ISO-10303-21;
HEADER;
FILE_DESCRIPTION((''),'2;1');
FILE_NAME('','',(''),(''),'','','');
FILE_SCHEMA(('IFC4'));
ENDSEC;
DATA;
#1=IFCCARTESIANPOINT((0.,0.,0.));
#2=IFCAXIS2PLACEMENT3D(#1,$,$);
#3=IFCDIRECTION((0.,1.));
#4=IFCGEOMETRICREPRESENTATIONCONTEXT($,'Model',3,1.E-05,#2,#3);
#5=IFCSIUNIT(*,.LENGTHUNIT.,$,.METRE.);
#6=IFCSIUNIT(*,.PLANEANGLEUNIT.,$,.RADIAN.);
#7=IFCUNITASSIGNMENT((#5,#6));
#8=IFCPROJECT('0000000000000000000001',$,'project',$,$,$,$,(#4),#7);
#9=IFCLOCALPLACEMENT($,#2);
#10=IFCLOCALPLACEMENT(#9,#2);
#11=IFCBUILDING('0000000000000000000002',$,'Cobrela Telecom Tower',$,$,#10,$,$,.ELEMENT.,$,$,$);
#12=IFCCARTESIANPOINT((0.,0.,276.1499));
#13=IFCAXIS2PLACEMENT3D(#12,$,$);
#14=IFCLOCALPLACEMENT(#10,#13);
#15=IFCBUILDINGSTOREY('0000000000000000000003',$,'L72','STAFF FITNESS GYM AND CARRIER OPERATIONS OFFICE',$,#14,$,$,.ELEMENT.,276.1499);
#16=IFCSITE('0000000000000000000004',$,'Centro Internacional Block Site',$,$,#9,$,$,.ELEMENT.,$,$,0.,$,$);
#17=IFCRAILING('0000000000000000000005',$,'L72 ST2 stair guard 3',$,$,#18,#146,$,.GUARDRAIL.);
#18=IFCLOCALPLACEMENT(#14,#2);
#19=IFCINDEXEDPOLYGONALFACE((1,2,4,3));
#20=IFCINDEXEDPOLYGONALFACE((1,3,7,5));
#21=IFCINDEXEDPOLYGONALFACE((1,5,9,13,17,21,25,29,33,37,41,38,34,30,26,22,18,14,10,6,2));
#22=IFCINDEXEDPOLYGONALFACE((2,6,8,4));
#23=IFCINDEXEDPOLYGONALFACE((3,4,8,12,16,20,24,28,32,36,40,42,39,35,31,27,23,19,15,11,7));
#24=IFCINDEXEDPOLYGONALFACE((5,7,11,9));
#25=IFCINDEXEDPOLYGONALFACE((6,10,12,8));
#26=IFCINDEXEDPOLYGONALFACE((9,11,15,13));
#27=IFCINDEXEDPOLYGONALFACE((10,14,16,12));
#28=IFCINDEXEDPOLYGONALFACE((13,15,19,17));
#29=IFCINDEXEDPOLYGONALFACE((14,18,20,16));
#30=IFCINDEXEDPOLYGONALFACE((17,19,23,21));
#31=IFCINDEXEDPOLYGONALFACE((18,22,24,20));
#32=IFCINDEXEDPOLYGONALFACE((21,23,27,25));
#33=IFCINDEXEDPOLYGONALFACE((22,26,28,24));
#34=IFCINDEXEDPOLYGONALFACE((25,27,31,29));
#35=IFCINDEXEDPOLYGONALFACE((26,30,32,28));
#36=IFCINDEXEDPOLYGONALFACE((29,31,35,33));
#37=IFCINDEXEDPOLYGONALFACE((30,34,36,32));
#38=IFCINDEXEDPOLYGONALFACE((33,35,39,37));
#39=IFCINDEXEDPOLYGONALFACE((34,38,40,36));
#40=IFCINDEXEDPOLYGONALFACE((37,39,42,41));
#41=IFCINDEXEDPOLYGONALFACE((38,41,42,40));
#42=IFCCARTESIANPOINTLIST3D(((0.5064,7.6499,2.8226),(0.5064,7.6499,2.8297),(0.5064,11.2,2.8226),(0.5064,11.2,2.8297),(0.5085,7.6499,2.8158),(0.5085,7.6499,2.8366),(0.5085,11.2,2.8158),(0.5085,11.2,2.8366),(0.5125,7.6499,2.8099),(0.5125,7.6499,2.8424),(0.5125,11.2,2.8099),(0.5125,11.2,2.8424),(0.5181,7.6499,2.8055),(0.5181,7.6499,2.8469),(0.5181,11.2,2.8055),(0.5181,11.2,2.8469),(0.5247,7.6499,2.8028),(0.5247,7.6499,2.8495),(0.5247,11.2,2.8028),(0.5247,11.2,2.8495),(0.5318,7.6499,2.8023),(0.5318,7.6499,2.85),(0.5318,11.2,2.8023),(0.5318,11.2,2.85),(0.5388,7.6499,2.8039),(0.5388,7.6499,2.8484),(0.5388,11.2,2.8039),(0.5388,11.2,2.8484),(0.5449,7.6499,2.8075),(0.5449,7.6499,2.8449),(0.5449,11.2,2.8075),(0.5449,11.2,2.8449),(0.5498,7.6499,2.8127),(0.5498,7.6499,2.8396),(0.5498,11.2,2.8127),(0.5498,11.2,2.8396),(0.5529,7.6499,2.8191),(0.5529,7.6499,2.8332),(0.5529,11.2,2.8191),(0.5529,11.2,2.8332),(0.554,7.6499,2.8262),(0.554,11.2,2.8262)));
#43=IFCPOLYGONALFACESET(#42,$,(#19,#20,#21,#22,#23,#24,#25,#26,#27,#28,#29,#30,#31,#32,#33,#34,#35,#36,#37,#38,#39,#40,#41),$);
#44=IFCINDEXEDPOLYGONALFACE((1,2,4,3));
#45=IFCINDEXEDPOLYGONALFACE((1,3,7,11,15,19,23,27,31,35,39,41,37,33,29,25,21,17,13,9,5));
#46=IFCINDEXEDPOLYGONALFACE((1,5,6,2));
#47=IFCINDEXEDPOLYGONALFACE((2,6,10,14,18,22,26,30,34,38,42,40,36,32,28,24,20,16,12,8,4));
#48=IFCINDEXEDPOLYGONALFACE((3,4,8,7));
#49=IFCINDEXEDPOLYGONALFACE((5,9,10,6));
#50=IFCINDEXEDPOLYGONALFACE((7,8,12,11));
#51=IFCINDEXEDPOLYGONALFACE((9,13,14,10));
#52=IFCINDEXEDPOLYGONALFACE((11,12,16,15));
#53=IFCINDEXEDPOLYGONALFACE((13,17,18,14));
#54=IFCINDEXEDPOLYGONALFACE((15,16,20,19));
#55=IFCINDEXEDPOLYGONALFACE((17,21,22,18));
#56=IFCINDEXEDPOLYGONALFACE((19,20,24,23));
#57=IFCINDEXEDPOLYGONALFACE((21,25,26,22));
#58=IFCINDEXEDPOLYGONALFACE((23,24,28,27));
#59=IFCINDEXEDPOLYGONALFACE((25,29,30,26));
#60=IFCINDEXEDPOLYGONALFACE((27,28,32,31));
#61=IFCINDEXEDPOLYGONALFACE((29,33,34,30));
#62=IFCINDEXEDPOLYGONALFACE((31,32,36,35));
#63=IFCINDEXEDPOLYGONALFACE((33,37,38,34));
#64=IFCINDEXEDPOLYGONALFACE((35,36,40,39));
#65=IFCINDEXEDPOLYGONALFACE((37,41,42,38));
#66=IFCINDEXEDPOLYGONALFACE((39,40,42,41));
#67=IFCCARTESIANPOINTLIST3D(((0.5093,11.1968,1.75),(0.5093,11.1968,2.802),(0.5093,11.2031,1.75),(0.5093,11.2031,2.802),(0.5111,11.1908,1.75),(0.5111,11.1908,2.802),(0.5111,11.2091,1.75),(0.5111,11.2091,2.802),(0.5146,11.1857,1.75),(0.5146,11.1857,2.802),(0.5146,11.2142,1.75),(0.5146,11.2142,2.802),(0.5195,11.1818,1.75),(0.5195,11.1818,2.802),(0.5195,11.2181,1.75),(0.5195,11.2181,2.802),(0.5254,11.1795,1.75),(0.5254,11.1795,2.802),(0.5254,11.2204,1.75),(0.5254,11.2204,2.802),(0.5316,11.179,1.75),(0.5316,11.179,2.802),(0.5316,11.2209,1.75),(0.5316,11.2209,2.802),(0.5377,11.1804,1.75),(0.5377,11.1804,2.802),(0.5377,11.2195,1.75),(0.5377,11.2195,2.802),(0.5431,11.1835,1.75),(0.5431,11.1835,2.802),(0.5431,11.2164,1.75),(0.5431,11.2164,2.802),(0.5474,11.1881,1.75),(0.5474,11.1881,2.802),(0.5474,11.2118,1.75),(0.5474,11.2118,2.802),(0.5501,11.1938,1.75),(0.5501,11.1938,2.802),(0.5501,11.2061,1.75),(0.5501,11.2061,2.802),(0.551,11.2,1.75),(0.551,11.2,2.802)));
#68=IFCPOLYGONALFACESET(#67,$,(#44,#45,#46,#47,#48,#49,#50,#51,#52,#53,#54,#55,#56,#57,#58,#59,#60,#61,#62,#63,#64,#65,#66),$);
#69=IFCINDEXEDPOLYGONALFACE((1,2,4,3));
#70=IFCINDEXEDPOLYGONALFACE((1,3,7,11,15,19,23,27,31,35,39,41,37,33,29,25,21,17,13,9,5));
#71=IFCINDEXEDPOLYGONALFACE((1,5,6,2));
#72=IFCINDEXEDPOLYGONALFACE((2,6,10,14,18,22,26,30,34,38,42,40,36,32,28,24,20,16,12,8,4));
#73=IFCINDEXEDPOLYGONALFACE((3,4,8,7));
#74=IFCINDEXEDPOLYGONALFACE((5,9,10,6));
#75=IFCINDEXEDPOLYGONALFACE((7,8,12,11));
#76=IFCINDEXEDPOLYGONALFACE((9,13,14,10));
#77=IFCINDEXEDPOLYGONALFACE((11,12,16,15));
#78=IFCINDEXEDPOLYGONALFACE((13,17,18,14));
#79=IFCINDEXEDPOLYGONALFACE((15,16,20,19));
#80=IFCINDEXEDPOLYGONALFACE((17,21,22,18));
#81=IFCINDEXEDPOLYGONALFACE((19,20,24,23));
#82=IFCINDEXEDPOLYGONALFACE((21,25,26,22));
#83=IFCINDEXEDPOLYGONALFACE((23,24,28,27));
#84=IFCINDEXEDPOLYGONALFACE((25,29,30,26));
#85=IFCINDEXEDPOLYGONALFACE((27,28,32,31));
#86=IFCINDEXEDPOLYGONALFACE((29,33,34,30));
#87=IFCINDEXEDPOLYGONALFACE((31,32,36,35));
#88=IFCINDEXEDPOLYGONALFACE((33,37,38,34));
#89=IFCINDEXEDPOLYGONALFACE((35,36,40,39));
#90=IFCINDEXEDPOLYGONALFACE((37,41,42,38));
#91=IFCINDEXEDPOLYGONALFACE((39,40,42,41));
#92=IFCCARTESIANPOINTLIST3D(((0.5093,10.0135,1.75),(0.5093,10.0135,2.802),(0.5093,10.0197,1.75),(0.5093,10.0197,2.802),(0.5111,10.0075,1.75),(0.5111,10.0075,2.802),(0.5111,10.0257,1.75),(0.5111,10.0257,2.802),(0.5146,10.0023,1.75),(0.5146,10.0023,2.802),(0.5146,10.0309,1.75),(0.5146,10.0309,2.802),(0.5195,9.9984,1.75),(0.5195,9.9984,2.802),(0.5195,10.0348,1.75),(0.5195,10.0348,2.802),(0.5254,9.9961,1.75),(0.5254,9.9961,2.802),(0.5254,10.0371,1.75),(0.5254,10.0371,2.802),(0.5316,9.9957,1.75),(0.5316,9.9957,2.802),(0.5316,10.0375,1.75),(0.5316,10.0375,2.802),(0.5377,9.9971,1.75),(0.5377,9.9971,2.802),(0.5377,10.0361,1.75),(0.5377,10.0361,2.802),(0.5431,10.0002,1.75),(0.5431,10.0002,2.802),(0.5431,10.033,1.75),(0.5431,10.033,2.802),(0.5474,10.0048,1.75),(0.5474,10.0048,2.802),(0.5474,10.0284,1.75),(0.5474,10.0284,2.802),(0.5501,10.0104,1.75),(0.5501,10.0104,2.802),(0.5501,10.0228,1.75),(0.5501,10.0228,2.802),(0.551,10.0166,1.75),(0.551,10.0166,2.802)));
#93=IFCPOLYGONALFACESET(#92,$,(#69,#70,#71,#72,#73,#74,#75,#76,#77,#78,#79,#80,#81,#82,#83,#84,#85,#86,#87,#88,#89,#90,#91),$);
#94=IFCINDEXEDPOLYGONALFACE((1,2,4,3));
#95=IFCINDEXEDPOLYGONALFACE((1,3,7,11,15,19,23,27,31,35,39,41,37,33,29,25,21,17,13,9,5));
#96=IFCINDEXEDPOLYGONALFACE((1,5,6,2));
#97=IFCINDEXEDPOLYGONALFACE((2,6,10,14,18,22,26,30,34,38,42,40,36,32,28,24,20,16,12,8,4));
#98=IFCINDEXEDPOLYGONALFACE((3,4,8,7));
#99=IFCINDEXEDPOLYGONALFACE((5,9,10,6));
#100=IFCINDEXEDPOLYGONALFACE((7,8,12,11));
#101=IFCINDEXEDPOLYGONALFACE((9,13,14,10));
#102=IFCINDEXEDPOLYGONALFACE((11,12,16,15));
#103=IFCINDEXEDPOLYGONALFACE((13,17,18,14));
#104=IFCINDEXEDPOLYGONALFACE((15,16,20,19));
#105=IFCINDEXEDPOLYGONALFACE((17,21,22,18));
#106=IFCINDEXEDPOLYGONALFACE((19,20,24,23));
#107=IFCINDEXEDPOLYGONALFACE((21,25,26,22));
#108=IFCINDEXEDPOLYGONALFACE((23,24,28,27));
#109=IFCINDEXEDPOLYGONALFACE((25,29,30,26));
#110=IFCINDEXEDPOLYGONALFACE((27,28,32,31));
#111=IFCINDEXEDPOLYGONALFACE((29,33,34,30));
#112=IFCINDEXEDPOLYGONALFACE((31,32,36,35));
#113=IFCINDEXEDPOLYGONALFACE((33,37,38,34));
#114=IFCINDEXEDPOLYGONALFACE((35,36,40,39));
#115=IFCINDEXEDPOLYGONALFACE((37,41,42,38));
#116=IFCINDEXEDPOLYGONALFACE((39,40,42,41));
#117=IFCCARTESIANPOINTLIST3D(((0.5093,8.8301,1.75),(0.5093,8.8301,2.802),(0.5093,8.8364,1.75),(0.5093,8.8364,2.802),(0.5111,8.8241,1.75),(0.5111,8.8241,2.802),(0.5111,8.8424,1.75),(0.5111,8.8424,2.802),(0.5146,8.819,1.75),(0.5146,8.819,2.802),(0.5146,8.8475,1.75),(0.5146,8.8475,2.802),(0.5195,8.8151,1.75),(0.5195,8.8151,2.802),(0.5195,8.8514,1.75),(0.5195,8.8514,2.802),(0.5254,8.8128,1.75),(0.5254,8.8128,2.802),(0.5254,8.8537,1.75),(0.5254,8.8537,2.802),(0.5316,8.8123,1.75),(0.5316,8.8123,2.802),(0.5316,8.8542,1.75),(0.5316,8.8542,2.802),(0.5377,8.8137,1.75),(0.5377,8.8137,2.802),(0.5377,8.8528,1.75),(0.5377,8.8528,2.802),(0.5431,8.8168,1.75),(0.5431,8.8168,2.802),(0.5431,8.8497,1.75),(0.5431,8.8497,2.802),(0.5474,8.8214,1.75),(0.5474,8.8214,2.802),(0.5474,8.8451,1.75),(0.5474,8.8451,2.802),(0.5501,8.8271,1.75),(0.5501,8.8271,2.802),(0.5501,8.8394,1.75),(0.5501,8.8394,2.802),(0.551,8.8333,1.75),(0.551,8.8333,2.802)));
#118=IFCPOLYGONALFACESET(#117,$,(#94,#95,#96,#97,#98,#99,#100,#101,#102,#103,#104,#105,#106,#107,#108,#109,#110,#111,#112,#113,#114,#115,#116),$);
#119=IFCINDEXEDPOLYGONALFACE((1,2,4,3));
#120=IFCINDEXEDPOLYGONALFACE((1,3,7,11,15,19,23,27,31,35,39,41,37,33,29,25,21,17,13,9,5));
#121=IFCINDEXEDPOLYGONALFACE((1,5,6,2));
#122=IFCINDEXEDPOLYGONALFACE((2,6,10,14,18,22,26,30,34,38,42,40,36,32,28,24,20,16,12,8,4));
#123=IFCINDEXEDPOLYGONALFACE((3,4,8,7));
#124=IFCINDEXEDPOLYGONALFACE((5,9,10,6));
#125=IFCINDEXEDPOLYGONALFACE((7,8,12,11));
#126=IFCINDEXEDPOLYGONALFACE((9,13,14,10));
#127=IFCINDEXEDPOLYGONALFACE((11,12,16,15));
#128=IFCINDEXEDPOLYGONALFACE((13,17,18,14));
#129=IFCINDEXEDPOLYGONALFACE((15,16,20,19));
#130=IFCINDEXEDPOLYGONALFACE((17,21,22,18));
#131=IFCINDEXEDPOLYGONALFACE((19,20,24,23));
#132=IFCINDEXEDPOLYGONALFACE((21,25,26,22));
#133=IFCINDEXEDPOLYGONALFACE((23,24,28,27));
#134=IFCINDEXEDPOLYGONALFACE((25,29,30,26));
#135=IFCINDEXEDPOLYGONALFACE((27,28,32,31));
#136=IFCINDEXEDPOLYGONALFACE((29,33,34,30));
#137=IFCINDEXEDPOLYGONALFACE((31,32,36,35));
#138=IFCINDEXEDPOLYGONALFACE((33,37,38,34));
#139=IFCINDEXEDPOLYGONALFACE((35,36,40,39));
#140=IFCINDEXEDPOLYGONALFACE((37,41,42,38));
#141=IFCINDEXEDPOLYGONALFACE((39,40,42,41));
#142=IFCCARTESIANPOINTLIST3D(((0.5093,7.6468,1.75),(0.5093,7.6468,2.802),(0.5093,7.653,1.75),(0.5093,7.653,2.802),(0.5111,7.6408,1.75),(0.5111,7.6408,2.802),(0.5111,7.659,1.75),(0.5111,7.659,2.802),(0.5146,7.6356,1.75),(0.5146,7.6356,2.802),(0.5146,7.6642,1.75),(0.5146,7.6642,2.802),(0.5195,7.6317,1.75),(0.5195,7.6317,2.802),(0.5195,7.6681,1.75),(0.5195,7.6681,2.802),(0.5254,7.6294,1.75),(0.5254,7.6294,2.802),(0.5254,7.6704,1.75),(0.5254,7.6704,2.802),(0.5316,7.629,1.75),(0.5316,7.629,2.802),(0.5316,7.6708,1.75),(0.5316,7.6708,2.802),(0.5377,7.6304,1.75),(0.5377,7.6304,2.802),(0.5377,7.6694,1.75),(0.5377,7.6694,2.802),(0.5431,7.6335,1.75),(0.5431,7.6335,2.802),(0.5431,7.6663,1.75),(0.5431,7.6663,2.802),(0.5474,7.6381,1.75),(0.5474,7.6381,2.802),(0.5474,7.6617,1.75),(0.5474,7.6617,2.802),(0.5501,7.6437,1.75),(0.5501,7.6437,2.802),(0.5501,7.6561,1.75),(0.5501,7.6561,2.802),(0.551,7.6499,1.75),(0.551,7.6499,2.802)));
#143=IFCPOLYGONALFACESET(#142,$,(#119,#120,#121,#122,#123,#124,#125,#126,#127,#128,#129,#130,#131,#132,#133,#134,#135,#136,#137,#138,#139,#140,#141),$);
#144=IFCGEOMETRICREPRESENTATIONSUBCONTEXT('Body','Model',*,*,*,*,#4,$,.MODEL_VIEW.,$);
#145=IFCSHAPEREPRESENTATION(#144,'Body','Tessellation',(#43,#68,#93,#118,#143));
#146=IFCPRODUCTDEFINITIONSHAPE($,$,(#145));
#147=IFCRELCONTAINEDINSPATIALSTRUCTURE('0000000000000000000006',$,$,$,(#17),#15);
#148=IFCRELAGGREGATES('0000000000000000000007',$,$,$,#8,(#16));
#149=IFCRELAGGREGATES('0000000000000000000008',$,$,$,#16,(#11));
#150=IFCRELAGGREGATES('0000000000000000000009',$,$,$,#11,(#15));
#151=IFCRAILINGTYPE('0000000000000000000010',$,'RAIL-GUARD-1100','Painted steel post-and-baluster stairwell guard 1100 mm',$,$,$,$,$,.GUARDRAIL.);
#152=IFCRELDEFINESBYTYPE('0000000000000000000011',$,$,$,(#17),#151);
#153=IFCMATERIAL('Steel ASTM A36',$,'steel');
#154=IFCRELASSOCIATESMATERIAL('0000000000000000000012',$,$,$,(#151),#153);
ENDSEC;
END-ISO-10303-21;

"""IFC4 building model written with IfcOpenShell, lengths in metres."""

from ifc_helpers import new_model, si_unit, direction, frame, origin, origin_2d, place, context, subcontext, project, spatial, circle, extrude, material, type_object, element, save


model = new_model("IFC4")

# Units and contexts
model_context = context("Model", 3, precision=1e-05, world=origin(), true_north=direction((0.0, 1.0)))
body_context = subcontext(model_context, "Body", "Model", "MODEL_VIEW")
ifc_project = project(units=[si_unit("LENGTHUNIT", "METRE"), si_unit("PLANEANGLEUNIT", "RADIAN")], contexts=[model_context])

# Site, building, storey
site_placement = place(None, origin())
site = spatial("IfcSite", under=ifc_project, at=site_placement, Name="Centro Internacional Block Site", CompositionType="ELEMENT", RefElevation=0.0)
building_placement = place(site_placement, origin())
building = spatial("IfcBuilding", under=site, at=building_placement, Name="Cobrela Telecom Tower", CompositionType="ELEMENT")
storey_placement = place(building_placement, frame((0.0, 0.0, 276.1499)))
storey = spatial("IfcBuildingStorey", under=building, at=storey_placement, Name="L72", Description="STAFF FITNESS GYM AND CARRIER OPERATIONS OFFICE", CompositionType="ELEMENT", Elevation=276.1499)

# Shared definitions
ifc_material_1 = material(Name="Steel ASTM A36", Category="steel")

# Railing
railing_type = type_object("IfcRailingType", Name="RAIL-GUARD-1100", Description="Painted steel post-and-baluster stairwell guard 1100 mm", PredefinedType="GUARDRAIL", material=ifc_material_1)
railing_1_placement = place(storey_placement, frame((0.53, 11.2, 1.75)))
element("IfcRailing", 1, at=railing_1_placement, inside=storey, type_object=railing_type, Name="L72 ST2 stair guard 3", PredefinedType="GUARDRAIL", context=body_context, shape_type="SweptSolid", body=[
    extrude(circle(Radius=0.0239, at=origin_2d()), frame((0.0, 0.0, 1.0762), z_axis=(0.0, -1.0, 0.0), x_axis=(1.0, 0.0, 0.0)), (0.0, 0.0, 1.0), 3.55),
    extrude(circle(Radius=0.021, at=origin_2d()), origin(), (0.0, 0.0, 1.0), 1.052),
    extrude(circle(Radius=0.021, at=origin_2d()), frame((0.0, -1.1833, 0.0)), (0.0, 0.0, 1.0), 1.052),
    extrude(circle(Radius=0.021, at=origin_2d()), frame((0.0, -2.3667, 0.0)), (0.0, 0.0, 1.0), 1.052),
    extrude(circle(Radius=0.021, at=origin_2d()), frame((0.0, -3.55, 0.0)), (0.0, 0.0, 1.0), 1.052),
])

save(model, "model.ifc")
